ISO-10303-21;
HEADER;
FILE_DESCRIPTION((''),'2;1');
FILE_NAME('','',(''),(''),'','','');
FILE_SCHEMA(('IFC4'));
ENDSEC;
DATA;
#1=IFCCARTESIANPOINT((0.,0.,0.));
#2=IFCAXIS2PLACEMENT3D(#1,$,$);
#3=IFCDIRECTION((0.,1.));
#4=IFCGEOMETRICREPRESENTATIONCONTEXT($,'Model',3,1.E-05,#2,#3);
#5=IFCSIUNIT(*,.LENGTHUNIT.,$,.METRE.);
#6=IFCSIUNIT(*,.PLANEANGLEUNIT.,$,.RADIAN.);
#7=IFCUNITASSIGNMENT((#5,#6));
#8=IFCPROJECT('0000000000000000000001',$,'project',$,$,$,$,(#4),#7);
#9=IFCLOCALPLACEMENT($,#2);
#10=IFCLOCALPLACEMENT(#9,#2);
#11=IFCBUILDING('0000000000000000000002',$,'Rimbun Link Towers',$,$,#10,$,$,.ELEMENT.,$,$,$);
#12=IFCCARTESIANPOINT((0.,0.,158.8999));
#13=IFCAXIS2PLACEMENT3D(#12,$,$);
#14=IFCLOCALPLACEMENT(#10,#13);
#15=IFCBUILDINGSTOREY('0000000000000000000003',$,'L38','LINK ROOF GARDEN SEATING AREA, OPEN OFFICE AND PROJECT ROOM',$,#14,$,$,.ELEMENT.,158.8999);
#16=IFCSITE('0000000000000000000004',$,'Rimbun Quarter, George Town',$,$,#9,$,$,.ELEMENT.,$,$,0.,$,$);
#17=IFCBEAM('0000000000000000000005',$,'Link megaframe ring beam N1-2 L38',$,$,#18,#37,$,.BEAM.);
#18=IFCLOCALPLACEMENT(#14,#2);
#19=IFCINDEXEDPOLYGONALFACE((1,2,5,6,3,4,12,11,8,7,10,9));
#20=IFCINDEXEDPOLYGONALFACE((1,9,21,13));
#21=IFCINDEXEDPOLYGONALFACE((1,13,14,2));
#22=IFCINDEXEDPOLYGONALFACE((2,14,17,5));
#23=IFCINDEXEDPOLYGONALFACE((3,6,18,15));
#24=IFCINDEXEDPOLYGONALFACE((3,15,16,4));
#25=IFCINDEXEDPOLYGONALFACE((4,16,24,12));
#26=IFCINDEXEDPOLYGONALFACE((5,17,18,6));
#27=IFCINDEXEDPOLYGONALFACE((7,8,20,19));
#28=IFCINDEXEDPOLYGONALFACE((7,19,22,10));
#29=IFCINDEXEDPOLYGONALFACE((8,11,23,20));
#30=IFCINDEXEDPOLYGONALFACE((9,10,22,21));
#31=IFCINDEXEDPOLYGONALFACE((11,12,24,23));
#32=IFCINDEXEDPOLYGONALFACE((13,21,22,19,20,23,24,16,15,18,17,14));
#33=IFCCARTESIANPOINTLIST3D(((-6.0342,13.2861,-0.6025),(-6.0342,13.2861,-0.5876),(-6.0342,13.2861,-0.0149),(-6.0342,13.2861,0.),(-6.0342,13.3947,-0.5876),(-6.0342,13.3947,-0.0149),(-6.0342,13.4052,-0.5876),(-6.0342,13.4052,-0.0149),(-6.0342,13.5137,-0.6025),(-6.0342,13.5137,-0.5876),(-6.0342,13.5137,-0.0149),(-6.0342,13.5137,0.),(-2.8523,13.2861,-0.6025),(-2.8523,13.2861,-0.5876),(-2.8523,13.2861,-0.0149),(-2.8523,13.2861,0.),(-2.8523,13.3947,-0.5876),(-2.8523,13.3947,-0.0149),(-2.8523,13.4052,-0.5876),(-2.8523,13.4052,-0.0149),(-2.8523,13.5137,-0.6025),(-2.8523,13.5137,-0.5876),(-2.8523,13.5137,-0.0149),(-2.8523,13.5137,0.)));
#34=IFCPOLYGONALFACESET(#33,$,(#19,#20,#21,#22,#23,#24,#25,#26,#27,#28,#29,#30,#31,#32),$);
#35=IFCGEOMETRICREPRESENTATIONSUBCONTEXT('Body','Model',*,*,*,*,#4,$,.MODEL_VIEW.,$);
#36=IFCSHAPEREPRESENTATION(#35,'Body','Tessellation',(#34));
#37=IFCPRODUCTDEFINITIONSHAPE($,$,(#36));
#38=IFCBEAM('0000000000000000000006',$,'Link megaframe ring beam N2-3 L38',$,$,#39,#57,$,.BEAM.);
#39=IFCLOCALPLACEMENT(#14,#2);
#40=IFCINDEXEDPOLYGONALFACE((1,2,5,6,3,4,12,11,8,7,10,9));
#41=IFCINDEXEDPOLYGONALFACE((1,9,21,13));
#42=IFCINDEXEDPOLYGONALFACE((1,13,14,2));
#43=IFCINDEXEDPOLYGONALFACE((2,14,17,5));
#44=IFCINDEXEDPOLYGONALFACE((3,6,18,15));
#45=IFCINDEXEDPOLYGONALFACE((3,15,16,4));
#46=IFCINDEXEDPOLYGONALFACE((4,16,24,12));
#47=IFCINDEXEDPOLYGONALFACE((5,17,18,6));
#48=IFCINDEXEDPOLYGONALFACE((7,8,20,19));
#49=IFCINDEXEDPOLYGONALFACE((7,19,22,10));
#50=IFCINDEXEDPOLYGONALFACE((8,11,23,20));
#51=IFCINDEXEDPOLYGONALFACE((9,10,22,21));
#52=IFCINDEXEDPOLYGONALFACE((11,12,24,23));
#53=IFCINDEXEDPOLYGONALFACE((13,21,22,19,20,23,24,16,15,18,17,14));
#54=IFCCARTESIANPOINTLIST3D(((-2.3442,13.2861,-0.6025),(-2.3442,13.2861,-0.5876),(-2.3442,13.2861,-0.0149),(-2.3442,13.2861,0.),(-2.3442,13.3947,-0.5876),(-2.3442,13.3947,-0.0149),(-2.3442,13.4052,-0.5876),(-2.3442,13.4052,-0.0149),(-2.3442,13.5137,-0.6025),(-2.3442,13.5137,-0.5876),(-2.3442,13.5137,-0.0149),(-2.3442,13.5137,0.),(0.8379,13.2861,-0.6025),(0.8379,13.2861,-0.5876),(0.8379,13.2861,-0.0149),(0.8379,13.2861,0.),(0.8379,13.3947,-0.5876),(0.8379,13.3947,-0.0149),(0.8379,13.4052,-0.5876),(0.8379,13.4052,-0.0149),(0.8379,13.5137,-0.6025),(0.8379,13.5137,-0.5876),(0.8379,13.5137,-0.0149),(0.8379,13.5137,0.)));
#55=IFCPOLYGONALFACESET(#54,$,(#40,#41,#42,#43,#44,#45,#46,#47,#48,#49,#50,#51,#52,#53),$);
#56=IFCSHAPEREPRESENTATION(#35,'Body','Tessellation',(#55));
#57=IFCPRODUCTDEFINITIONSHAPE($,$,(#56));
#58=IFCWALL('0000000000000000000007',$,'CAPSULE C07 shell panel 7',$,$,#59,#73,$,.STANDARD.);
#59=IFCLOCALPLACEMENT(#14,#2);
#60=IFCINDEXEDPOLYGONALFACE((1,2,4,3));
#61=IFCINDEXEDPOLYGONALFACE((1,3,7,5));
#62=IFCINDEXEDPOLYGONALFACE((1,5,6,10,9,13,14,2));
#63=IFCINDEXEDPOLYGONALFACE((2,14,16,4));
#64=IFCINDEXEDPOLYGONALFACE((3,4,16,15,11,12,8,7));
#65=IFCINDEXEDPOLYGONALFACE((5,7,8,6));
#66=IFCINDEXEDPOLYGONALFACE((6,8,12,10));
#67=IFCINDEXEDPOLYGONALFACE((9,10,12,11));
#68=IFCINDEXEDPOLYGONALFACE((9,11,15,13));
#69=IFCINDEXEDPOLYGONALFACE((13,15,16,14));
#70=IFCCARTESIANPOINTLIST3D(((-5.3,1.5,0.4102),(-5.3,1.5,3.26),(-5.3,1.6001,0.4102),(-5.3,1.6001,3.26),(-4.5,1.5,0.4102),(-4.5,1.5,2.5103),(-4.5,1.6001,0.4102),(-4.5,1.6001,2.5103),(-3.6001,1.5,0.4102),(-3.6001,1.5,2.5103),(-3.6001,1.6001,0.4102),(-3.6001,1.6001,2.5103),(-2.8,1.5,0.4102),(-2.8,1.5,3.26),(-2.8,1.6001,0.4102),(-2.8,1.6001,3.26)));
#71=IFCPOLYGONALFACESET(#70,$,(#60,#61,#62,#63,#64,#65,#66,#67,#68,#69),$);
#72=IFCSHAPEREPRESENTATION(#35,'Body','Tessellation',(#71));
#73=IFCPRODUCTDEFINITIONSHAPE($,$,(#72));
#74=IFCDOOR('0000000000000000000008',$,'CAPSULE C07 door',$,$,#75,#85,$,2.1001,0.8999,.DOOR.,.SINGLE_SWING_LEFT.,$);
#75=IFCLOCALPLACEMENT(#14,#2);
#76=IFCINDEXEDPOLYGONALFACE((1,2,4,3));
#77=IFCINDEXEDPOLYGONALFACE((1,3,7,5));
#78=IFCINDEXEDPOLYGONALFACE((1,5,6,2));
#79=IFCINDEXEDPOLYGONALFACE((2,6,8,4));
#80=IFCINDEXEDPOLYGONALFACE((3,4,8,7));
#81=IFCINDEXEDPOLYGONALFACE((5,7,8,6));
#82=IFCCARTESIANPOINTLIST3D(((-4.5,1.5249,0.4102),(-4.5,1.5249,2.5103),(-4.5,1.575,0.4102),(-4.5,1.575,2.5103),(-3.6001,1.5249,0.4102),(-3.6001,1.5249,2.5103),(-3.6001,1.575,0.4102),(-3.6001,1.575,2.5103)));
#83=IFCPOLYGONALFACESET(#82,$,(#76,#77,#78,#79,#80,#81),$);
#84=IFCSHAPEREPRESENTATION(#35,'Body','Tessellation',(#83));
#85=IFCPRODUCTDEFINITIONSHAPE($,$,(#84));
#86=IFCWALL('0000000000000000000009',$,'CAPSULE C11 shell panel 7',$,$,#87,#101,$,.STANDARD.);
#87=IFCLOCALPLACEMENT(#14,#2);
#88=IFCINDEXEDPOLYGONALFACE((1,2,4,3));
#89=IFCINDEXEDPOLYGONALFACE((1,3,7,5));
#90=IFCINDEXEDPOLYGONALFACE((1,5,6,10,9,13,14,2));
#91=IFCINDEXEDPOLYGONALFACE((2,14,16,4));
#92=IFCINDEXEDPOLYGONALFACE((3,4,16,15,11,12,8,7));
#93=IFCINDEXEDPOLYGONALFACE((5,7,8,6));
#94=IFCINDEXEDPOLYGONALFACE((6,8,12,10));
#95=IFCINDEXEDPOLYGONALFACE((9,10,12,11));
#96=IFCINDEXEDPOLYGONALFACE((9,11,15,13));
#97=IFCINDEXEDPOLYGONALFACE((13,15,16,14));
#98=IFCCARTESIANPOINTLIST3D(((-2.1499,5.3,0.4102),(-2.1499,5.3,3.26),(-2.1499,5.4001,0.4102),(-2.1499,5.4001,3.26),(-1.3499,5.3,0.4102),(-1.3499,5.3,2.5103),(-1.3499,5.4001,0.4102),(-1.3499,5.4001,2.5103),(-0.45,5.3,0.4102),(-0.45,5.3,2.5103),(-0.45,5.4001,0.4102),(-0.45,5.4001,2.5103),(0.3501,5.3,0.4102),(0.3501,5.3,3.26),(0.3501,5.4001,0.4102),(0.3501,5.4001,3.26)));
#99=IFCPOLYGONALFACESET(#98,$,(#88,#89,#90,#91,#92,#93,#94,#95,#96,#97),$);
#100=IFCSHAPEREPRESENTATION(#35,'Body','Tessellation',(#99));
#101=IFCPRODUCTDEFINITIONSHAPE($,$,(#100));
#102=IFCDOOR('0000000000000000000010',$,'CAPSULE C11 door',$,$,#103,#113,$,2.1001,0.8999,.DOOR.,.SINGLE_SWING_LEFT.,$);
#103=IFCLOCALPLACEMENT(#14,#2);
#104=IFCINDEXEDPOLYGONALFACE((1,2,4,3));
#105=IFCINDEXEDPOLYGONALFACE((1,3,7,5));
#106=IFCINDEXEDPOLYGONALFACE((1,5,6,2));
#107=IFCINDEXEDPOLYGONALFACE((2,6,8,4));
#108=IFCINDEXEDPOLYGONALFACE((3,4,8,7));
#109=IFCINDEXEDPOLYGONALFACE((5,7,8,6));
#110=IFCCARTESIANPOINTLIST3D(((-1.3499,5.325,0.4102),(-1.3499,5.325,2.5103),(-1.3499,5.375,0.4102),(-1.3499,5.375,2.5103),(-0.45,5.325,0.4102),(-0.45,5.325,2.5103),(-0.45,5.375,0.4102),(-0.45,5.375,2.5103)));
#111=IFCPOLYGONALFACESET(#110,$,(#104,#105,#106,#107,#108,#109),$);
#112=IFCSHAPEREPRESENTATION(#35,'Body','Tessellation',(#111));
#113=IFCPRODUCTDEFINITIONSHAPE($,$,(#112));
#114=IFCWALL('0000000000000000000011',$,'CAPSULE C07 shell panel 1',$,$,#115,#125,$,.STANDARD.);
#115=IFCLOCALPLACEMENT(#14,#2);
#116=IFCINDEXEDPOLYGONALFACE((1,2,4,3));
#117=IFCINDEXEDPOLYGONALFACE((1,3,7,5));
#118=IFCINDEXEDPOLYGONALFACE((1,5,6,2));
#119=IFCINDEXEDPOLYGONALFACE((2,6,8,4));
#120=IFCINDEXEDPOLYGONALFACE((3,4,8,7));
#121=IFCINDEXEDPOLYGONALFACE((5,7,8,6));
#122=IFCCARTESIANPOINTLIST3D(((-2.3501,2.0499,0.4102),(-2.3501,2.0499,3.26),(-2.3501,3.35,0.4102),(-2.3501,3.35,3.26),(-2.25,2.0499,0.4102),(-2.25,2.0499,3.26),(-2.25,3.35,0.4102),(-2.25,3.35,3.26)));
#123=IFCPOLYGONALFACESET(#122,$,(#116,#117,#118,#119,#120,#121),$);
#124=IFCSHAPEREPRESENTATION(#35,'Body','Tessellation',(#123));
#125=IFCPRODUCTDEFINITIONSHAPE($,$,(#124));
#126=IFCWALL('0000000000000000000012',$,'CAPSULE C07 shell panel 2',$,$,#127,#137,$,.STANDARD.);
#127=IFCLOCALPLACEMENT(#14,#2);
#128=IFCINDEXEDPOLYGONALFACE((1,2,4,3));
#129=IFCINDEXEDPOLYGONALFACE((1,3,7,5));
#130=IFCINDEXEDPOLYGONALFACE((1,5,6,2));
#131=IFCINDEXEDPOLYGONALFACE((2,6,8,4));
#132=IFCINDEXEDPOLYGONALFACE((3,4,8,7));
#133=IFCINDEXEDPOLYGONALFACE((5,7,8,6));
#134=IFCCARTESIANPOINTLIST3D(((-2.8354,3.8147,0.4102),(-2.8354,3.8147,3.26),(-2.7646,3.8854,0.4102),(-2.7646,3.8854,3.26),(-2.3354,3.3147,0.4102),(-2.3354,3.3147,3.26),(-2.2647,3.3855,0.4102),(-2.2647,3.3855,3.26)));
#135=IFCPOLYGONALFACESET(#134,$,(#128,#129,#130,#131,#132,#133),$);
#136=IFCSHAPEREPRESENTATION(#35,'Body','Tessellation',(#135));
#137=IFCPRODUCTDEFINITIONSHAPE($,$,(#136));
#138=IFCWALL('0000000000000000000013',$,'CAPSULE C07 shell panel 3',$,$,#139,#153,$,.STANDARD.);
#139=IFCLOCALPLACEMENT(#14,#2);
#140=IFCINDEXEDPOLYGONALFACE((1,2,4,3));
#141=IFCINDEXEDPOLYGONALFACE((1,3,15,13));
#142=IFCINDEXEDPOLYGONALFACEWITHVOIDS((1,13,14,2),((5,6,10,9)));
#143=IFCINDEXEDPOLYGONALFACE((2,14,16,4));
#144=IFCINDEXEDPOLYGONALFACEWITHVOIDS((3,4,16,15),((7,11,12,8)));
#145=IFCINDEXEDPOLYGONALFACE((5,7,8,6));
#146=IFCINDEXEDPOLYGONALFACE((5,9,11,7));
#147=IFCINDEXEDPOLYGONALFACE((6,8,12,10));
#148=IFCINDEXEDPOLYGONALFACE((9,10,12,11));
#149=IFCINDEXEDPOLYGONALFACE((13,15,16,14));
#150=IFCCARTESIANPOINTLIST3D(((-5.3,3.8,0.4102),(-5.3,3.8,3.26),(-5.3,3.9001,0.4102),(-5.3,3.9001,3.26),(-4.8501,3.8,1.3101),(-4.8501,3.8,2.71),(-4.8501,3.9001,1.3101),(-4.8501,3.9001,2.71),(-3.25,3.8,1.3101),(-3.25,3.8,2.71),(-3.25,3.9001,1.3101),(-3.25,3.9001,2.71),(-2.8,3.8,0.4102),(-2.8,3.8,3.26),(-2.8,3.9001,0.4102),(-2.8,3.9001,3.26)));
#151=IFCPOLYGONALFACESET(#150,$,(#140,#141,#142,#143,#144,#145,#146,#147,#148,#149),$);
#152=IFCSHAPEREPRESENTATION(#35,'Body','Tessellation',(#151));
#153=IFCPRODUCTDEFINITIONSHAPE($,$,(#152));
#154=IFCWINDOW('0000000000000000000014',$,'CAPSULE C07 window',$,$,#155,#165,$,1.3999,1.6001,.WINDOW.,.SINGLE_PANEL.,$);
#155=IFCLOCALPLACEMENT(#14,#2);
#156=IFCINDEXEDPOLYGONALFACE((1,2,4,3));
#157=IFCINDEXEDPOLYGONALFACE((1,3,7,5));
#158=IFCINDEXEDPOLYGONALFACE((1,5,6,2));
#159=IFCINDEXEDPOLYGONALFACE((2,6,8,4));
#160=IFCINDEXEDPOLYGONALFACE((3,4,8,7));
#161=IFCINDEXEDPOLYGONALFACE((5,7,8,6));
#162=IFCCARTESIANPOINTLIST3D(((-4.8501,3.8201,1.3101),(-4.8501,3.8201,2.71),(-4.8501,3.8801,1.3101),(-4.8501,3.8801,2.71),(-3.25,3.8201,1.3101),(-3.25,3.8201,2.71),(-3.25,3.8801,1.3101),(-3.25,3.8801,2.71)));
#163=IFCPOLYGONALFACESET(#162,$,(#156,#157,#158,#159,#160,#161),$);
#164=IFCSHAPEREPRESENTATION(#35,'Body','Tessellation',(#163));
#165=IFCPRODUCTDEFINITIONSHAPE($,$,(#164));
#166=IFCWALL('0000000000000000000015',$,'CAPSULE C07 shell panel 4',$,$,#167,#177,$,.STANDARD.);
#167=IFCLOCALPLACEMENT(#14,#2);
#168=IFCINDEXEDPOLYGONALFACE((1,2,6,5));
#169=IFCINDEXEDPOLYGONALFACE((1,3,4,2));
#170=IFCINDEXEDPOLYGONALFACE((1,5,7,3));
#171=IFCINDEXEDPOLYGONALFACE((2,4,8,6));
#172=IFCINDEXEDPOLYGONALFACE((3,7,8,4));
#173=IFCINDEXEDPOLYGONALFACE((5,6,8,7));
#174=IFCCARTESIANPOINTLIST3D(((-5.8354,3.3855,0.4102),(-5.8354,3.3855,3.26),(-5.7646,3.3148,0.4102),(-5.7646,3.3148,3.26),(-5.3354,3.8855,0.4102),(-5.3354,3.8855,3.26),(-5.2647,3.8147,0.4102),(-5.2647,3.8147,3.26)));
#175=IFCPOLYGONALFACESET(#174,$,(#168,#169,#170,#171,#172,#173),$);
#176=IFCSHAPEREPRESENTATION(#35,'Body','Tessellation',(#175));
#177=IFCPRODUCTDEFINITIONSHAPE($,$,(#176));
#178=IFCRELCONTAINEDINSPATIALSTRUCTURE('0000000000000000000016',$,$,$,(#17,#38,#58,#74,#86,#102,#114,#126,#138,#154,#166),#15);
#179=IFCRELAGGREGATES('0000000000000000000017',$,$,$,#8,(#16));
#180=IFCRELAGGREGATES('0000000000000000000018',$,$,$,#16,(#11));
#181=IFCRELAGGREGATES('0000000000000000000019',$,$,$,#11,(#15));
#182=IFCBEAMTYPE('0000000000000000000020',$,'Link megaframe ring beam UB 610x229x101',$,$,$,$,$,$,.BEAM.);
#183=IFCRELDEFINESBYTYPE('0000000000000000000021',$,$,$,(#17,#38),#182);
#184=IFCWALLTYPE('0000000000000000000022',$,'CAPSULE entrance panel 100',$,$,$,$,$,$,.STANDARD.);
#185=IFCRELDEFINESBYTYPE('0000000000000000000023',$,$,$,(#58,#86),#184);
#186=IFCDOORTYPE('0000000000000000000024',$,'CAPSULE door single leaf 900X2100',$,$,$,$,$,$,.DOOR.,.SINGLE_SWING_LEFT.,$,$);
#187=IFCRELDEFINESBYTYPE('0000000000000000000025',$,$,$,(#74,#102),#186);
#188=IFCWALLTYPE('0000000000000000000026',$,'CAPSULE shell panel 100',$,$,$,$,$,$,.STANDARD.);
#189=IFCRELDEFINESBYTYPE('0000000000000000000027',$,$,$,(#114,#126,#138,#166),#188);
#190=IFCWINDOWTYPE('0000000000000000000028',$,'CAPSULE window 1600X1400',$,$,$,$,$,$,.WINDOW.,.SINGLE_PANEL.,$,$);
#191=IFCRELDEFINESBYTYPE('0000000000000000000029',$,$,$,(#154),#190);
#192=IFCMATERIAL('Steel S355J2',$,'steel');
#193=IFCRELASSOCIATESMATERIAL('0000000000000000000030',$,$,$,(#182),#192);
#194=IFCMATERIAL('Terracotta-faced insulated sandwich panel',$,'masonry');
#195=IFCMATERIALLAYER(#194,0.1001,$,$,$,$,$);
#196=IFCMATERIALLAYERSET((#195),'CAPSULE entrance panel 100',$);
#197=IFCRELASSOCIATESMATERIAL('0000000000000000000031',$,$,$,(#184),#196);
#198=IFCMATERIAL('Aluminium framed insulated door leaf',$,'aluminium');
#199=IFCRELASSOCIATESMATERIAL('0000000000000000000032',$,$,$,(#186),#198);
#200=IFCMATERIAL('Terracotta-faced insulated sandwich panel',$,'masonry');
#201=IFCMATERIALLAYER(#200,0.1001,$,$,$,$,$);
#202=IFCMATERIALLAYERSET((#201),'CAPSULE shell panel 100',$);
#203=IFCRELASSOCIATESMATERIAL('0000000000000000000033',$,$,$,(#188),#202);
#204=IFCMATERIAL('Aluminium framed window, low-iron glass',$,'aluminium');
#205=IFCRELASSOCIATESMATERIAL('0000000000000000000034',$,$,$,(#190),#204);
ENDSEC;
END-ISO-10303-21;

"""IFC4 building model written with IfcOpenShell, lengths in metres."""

from ifc_helpers import new_model, si_unit, direction, frame, frame_2d, origin, origin_2d, place, context, subcontext, project, spatial, rectangle, i_section, extrude, material, layer, layer_set, material_profile, profile_set, type_object, element, fill, save


model = new_model("IFC4")

# Units and contexts
model_context = context("Model", 3, precision=1e-05, world=origin(), true_north=direction((0.0, 1.0)))
body_context = subcontext(model_context, "Body", "Model", "MODEL_VIEW")
ifc_project = project(units=[si_unit("LENGTHUNIT", "METRE"), si_unit("PLANEANGLEUNIT", "RADIAN")], contexts=[model_context])

# Site, building, storey
site_placement = place(None, origin())
site = spatial("IfcSite", under=ifc_project, at=site_placement, Name="Rimbun Quarter, George Town", CompositionType="ELEMENT", RefElevation=0.0)
building_placement = place(site_placement, origin())
building = spatial("IfcBuilding", under=site, at=building_placement, Name="Rimbun Link Towers", CompositionType="ELEMENT")
storey_placement = place(building_placement, frame((0.0, 0.0, 158.8999)))
storey = spatial("IfcBuildingStorey", under=building, at=storey_placement, Name="L38", Description="LINK ROOF GARDEN SEATING AREA, OPEN OFFICE AND PROJECT ROOM", CompositionType="ELEMENT", Elevation=158.8999)

# Beams
ifc_material_1 = material(Name="Steel S355J2", Category="steel")
ifc_material_profile = material_profile(ifc_material_1, i_section(OverallWidth=0.2275, OverallDepth=0.6025, WebThickness=0.0105, FlangeThickness=0.0149, at=origin_2d()), Name="UB 610x229x101")
ifc_profile_set = profile_set([ifc_material_profile], Name="Steel S355J2")
beam_type = type_object("IfcBeamType", Name="Link megaframe ring beam UB 610x229x101", PredefinedType="BEAM", material=ifc_profile_set)
beam_1_placement = place(storey_placement, frame((-6.0342, 13.3999, -0.3013), z_axis=(1.0, 0.0, 0.0), x_axis=(0.0, 1.0, 0.0)))
element("IfcBeam", 1, at=beam_1_placement, inside=storey, type_object=beam_type, Name="Link megaframe ring beam N1-2 L38", PredefinedType="BEAM", context=body_context, shape_type="SweptSolid", body=[
    extrude(i_section(OverallWidth=0.2275, OverallDepth=0.6025, WebThickness=0.0105, FlangeThickness=0.0149, at=origin_2d()), origin(), (0.0, 0.0, 1.0), 3.1819),
])
beam_2_placement = place(storey_placement, frame((-2.3442, 13.3999, -0.3013), z_axis=(1.0, 0.0, 0.0), x_axis=(0.0, 1.0, 0.0)))
element("IfcBeam", 2, at=beam_2_placement, inside=storey, type_object=beam_type, Name="Link megaframe ring beam N2-3 L38", PredefinedType="BEAM", context=body_context, shape_type="SweptSolid", body=[
    extrude(i_section(OverallWidth=0.2275, OverallDepth=0.6025, WebThickness=0.0105, FlangeThickness=0.0149, at=origin_2d()), origin(), (0.0, 0.0, 1.0), 3.1821),
])

# Walls, openings, doors
ifc_material_2 = material(Name="Terracotta-faced insulated sandwich panel", Category="masonry")
ifc_layer_1 = layer(ifc_material_2, 0.1001)
ifc_layer_set_1 = layer_set([ifc_layer_1], Name="CAPSULE entrance panel 100")
wall_type_1 = type_object("IfcWallType", Name="CAPSULE entrance panel 100", PredefinedType="STANDARD", material=ifc_layer_set_1)
wall_1_placement = place(storey_placement, frame((-5.3, 1.55, 0.4102), z_axis=(0.0, 0.0, 1.0), x_axis=(1.0, 0.0, 0.0)))
wall_1 = element("IfcWall", 3, at=wall_1_placement, inside=storey, type_object=wall_type_1, Name="CAPSULE C07 shell panel 7", PredefinedType="STANDARD", context=body_context, shape_type="SweptSolid", body=[
    extrude(rectangle(XDim=2.5, YDim=0.1001, at=frame_2d((1.25, 0.0))), origin(), (0.0, 0.0, 1.0), 2.8499),
])
opening_1_placement = place(wall_1_placement, frame((0.8, 0.0, 0.0)))
opening_1 = element("IfcOpeningElement", 4, at=opening_1_placement, cuts=wall_1, PredefinedType="OPENING", context=body_context, shape_type="SweptSolid", body=[
    extrude(rectangle(XDim=0.8999, YDim=2.1001, at=frame_2d((0.45, 1.05))), frame((0.0, 0.0601, 0.0), z_axis=(0.0, -1.0, 0.0), x_axis=(1.0, 0.0, 0.0)), (0.0, 0.0, 1.0), 0.1201),
])
ifc_material_3 = material(Name="Aluminium framed insulated door leaf", Category="aluminium")
door_type = type_object("IfcDoorType", Name="CAPSULE door single leaf 900X2100", OperationType="SINGLE_SWING_LEFT", PredefinedType="DOOR", material=ifc_material_3)
door_1_placement = place(opening_1_placement, origin())
door_1 = element("IfcDoor", 5, at=door_1_placement, inside=storey, type_object=door_type, Name="CAPSULE C07 door", OperationType="SINGLE_SWING_LEFT", OverallHeight=2.1001, OverallWidth=0.8999, PredefinedType="DOOR", context=body_context, shape_type="SweptSolid", body=[
    extrude(rectangle(XDim=0.8999, YDim=2.1001, at=frame_2d((0.45, 1.05))), frame((0.0, 0.0249, 0.0), z_axis=(0.0, -1.0, 0.0), x_axis=(1.0, 0.0, 0.0)), (0.0, 0.0, 1.0), 0.05),
])
fill(opening_1, door_1)
wall_2_placement = place(storey_placement, frame((-2.1499, 5.3501, 0.4102), z_axis=(0.0, 0.0, 1.0), x_axis=(1.0, 0.0, 0.0)))
wall_2 = element("IfcWall", 6, at=wall_2_placement, inside=storey, type_object=wall_type_1, Name="CAPSULE C11 shell panel 7", PredefinedType="STANDARD", context=body_context, shape_type="SweptSolid", body=[
    extrude(rectangle(XDim=2.5, YDim=0.1001, at=frame_2d((1.25, 0.0))), origin(), (0.0, 0.0, 1.0), 2.8499),
])
opening_2_placement = place(wall_2_placement, frame((0.8, 0.0, 0.0)))
opening_2 = element("IfcOpeningElement", 7, at=opening_2_placement, cuts=wall_2, PredefinedType="OPENING", context=body_context, shape_type="SweptSolid", body=[
    extrude(rectangle(XDim=0.8999, YDim=2.1001, at=frame_2d((0.45, 1.05))), frame((0.0, 0.0601, 0.0), z_axis=(0.0, -1.0, 0.0), x_axis=(1.0, 0.0, 0.0)), (0.0, 0.0, 1.0), 0.1201),
])
door_2_placement = place(opening_2_placement, origin())
door_2 = element("IfcDoor", 8, at=door_2_placement, inside=storey, type_object=door_type, Name="CAPSULE C11 door", OperationType="SINGLE_SWING_LEFT", OverallHeight=2.1001, OverallWidth=0.8999, PredefinedType="DOOR", context=body_context, shape_type="SweptSolid", body=[
    extrude(rectangle(XDim=0.8999, YDim=2.1001, at=frame_2d((0.45, 1.05))), frame((0.0, 0.0249, 0.0), z_axis=(0.0, -1.0, 0.0), x_axis=(1.0, 0.0, 0.0)), (0.0, 0.0, 1.0), 0.05),
])
fill(opening_2, door_2)

# Walls
ifc_material_4 = material(Name="Terracotta-faced insulated sandwich panel", Category="masonry")
ifc_layer_2 = layer(ifc_material_4, 0.1001)
ifc_layer_set_2 = layer_set([ifc_layer_2], Name="CAPSULE shell panel 100")
wall_type_2 = type_object("IfcWallType", Name="CAPSULE shell panel 100", PredefinedType="STANDARD", material=ifc_layer_set_2)
wall_3_placement = place(storey_placement, frame((-2.3, 2.05, 0.4102), z_axis=(0.0, 0.0, 1.0), x_axis=(0.0, 1.0, 0.0)))
element("IfcWall", 9, at=wall_3_placement, inside=storey, type_object=wall_type_2, Name="CAPSULE C07 shell panel 1", PredefinedType="STANDARD", context=body_context, shape_type="SweptSolid", body=[
    extrude(rectangle(XDim=1.3, YDim=0.1001, at=frame_2d((0.6499, 0.0))), origin(), (0.0, 0.0, 1.0), 2.8499),
])
wall_4_placement = place(storey_placement, frame((-2.3, 3.3501, 0.4102), z_axis=(0.0, 0.0, 1.0), x_axis=(-0.707107, 0.707107, 0.0)))
element("IfcWall", 10, at=wall_4_placement, inside=storey, type_object=wall_type_2, Name="CAPSULE C07 shell panel 2", PredefinedType="STANDARD", context=body_context, shape_type="SweptSolid", body=[
    extrude(rectangle(XDim=0.707, YDim=0.1001, at=frame_2d((0.3535, 0.0))), origin(), (0.0, 0.0, 1.0), 2.8499),
])

# Wall, opening, window
wall_5_placement = place(storey_placement, frame((-2.8, 3.8501, 0.4102), z_axis=(0.0, 0.0, 1.0), x_axis=(-1.0, 0.0, 0.0)))
wall_5 = element("IfcWall", 11, at=wall_5_placement, inside=storey, type_object=wall_type_2, Name="CAPSULE C07 shell panel 3", PredefinedType="STANDARD", context=body_context, shape_type="SweptSolid", body=[
    extrude(rectangle(XDim=2.5, YDim=0.1001, at=frame_2d((1.25, 0.0))), origin(), (0.0, 0.0, 1.0), 2.8499),
])
opening_3_placement = place(wall_5_placement, frame((0.45, 0.0, 0.8999)))
opening_3 = element("IfcOpeningElement", 12, at=opening_3_placement, cuts=wall_5, PredefinedType="OPENING", context=body_context, shape_type="SweptSolid", body=[
    extrude(rectangle(XDim=1.6001, YDim=1.3999, at=frame_2d((0.8, 0.7))), frame((0.0, 0.0601, 0.0), z_axis=(0.0, -1.0, 0.0), x_axis=(1.0, 0.0, 0.0)), (0.0, 0.0, 1.0), 0.1201),
])
ifc_material_5 = material(Name="Aluminium framed window, low-iron glass", Category="aluminium")
window_type = type_object("IfcWindowType", Name="CAPSULE window 1600X1400", PartitioningType="SINGLE_PANEL", PredefinedType="WINDOW", material=ifc_material_5)
window_1_placement = place(opening_3_placement, origin())
window_1 = element("IfcWindow", 13, at=window_1_placement, inside=storey, type_object=window_type, Name="CAPSULE C07 window", OverallHeight=1.3999, OverallWidth=1.6001, PartitioningType="SINGLE_PANEL", PredefinedType="WINDOW", context=body_context, shape_type="SweptSolid", body=[
    extrude(rectangle(XDim=1.6001, YDim=1.3999, at=frame_2d((0.8, 0.7))), frame((0.0, 0.03, 0.0), z_axis=(0.0, -1.0, 0.0), x_axis=(1.0, 0.0, 0.0)), (0.0, 0.0, 1.0), 0.0601),
])
fill(opening_3, window_1)

# Wall
wall_6_placement = place(storey_placement, frame((-5.3, 3.8501, 0.4102), z_axis=(0.0, 0.0, 1.0), x_axis=(-0.707107, -0.707107, 0.0)))
element("IfcWall", 14, at=wall_6_placement, inside=storey, type_object=wall_type_2, Name="CAPSULE C07 shell panel 4", PredefinedType="STANDARD", context=body_context, shape_type="SweptSolid", body=[
    extrude(rectangle(XDim=0.707, YDim=0.1001, at=frame_2d((0.3535, 0.0))), origin(), (0.0, 0.0, 1.0), 2.8499),
])

save(model, "model.ifc")
